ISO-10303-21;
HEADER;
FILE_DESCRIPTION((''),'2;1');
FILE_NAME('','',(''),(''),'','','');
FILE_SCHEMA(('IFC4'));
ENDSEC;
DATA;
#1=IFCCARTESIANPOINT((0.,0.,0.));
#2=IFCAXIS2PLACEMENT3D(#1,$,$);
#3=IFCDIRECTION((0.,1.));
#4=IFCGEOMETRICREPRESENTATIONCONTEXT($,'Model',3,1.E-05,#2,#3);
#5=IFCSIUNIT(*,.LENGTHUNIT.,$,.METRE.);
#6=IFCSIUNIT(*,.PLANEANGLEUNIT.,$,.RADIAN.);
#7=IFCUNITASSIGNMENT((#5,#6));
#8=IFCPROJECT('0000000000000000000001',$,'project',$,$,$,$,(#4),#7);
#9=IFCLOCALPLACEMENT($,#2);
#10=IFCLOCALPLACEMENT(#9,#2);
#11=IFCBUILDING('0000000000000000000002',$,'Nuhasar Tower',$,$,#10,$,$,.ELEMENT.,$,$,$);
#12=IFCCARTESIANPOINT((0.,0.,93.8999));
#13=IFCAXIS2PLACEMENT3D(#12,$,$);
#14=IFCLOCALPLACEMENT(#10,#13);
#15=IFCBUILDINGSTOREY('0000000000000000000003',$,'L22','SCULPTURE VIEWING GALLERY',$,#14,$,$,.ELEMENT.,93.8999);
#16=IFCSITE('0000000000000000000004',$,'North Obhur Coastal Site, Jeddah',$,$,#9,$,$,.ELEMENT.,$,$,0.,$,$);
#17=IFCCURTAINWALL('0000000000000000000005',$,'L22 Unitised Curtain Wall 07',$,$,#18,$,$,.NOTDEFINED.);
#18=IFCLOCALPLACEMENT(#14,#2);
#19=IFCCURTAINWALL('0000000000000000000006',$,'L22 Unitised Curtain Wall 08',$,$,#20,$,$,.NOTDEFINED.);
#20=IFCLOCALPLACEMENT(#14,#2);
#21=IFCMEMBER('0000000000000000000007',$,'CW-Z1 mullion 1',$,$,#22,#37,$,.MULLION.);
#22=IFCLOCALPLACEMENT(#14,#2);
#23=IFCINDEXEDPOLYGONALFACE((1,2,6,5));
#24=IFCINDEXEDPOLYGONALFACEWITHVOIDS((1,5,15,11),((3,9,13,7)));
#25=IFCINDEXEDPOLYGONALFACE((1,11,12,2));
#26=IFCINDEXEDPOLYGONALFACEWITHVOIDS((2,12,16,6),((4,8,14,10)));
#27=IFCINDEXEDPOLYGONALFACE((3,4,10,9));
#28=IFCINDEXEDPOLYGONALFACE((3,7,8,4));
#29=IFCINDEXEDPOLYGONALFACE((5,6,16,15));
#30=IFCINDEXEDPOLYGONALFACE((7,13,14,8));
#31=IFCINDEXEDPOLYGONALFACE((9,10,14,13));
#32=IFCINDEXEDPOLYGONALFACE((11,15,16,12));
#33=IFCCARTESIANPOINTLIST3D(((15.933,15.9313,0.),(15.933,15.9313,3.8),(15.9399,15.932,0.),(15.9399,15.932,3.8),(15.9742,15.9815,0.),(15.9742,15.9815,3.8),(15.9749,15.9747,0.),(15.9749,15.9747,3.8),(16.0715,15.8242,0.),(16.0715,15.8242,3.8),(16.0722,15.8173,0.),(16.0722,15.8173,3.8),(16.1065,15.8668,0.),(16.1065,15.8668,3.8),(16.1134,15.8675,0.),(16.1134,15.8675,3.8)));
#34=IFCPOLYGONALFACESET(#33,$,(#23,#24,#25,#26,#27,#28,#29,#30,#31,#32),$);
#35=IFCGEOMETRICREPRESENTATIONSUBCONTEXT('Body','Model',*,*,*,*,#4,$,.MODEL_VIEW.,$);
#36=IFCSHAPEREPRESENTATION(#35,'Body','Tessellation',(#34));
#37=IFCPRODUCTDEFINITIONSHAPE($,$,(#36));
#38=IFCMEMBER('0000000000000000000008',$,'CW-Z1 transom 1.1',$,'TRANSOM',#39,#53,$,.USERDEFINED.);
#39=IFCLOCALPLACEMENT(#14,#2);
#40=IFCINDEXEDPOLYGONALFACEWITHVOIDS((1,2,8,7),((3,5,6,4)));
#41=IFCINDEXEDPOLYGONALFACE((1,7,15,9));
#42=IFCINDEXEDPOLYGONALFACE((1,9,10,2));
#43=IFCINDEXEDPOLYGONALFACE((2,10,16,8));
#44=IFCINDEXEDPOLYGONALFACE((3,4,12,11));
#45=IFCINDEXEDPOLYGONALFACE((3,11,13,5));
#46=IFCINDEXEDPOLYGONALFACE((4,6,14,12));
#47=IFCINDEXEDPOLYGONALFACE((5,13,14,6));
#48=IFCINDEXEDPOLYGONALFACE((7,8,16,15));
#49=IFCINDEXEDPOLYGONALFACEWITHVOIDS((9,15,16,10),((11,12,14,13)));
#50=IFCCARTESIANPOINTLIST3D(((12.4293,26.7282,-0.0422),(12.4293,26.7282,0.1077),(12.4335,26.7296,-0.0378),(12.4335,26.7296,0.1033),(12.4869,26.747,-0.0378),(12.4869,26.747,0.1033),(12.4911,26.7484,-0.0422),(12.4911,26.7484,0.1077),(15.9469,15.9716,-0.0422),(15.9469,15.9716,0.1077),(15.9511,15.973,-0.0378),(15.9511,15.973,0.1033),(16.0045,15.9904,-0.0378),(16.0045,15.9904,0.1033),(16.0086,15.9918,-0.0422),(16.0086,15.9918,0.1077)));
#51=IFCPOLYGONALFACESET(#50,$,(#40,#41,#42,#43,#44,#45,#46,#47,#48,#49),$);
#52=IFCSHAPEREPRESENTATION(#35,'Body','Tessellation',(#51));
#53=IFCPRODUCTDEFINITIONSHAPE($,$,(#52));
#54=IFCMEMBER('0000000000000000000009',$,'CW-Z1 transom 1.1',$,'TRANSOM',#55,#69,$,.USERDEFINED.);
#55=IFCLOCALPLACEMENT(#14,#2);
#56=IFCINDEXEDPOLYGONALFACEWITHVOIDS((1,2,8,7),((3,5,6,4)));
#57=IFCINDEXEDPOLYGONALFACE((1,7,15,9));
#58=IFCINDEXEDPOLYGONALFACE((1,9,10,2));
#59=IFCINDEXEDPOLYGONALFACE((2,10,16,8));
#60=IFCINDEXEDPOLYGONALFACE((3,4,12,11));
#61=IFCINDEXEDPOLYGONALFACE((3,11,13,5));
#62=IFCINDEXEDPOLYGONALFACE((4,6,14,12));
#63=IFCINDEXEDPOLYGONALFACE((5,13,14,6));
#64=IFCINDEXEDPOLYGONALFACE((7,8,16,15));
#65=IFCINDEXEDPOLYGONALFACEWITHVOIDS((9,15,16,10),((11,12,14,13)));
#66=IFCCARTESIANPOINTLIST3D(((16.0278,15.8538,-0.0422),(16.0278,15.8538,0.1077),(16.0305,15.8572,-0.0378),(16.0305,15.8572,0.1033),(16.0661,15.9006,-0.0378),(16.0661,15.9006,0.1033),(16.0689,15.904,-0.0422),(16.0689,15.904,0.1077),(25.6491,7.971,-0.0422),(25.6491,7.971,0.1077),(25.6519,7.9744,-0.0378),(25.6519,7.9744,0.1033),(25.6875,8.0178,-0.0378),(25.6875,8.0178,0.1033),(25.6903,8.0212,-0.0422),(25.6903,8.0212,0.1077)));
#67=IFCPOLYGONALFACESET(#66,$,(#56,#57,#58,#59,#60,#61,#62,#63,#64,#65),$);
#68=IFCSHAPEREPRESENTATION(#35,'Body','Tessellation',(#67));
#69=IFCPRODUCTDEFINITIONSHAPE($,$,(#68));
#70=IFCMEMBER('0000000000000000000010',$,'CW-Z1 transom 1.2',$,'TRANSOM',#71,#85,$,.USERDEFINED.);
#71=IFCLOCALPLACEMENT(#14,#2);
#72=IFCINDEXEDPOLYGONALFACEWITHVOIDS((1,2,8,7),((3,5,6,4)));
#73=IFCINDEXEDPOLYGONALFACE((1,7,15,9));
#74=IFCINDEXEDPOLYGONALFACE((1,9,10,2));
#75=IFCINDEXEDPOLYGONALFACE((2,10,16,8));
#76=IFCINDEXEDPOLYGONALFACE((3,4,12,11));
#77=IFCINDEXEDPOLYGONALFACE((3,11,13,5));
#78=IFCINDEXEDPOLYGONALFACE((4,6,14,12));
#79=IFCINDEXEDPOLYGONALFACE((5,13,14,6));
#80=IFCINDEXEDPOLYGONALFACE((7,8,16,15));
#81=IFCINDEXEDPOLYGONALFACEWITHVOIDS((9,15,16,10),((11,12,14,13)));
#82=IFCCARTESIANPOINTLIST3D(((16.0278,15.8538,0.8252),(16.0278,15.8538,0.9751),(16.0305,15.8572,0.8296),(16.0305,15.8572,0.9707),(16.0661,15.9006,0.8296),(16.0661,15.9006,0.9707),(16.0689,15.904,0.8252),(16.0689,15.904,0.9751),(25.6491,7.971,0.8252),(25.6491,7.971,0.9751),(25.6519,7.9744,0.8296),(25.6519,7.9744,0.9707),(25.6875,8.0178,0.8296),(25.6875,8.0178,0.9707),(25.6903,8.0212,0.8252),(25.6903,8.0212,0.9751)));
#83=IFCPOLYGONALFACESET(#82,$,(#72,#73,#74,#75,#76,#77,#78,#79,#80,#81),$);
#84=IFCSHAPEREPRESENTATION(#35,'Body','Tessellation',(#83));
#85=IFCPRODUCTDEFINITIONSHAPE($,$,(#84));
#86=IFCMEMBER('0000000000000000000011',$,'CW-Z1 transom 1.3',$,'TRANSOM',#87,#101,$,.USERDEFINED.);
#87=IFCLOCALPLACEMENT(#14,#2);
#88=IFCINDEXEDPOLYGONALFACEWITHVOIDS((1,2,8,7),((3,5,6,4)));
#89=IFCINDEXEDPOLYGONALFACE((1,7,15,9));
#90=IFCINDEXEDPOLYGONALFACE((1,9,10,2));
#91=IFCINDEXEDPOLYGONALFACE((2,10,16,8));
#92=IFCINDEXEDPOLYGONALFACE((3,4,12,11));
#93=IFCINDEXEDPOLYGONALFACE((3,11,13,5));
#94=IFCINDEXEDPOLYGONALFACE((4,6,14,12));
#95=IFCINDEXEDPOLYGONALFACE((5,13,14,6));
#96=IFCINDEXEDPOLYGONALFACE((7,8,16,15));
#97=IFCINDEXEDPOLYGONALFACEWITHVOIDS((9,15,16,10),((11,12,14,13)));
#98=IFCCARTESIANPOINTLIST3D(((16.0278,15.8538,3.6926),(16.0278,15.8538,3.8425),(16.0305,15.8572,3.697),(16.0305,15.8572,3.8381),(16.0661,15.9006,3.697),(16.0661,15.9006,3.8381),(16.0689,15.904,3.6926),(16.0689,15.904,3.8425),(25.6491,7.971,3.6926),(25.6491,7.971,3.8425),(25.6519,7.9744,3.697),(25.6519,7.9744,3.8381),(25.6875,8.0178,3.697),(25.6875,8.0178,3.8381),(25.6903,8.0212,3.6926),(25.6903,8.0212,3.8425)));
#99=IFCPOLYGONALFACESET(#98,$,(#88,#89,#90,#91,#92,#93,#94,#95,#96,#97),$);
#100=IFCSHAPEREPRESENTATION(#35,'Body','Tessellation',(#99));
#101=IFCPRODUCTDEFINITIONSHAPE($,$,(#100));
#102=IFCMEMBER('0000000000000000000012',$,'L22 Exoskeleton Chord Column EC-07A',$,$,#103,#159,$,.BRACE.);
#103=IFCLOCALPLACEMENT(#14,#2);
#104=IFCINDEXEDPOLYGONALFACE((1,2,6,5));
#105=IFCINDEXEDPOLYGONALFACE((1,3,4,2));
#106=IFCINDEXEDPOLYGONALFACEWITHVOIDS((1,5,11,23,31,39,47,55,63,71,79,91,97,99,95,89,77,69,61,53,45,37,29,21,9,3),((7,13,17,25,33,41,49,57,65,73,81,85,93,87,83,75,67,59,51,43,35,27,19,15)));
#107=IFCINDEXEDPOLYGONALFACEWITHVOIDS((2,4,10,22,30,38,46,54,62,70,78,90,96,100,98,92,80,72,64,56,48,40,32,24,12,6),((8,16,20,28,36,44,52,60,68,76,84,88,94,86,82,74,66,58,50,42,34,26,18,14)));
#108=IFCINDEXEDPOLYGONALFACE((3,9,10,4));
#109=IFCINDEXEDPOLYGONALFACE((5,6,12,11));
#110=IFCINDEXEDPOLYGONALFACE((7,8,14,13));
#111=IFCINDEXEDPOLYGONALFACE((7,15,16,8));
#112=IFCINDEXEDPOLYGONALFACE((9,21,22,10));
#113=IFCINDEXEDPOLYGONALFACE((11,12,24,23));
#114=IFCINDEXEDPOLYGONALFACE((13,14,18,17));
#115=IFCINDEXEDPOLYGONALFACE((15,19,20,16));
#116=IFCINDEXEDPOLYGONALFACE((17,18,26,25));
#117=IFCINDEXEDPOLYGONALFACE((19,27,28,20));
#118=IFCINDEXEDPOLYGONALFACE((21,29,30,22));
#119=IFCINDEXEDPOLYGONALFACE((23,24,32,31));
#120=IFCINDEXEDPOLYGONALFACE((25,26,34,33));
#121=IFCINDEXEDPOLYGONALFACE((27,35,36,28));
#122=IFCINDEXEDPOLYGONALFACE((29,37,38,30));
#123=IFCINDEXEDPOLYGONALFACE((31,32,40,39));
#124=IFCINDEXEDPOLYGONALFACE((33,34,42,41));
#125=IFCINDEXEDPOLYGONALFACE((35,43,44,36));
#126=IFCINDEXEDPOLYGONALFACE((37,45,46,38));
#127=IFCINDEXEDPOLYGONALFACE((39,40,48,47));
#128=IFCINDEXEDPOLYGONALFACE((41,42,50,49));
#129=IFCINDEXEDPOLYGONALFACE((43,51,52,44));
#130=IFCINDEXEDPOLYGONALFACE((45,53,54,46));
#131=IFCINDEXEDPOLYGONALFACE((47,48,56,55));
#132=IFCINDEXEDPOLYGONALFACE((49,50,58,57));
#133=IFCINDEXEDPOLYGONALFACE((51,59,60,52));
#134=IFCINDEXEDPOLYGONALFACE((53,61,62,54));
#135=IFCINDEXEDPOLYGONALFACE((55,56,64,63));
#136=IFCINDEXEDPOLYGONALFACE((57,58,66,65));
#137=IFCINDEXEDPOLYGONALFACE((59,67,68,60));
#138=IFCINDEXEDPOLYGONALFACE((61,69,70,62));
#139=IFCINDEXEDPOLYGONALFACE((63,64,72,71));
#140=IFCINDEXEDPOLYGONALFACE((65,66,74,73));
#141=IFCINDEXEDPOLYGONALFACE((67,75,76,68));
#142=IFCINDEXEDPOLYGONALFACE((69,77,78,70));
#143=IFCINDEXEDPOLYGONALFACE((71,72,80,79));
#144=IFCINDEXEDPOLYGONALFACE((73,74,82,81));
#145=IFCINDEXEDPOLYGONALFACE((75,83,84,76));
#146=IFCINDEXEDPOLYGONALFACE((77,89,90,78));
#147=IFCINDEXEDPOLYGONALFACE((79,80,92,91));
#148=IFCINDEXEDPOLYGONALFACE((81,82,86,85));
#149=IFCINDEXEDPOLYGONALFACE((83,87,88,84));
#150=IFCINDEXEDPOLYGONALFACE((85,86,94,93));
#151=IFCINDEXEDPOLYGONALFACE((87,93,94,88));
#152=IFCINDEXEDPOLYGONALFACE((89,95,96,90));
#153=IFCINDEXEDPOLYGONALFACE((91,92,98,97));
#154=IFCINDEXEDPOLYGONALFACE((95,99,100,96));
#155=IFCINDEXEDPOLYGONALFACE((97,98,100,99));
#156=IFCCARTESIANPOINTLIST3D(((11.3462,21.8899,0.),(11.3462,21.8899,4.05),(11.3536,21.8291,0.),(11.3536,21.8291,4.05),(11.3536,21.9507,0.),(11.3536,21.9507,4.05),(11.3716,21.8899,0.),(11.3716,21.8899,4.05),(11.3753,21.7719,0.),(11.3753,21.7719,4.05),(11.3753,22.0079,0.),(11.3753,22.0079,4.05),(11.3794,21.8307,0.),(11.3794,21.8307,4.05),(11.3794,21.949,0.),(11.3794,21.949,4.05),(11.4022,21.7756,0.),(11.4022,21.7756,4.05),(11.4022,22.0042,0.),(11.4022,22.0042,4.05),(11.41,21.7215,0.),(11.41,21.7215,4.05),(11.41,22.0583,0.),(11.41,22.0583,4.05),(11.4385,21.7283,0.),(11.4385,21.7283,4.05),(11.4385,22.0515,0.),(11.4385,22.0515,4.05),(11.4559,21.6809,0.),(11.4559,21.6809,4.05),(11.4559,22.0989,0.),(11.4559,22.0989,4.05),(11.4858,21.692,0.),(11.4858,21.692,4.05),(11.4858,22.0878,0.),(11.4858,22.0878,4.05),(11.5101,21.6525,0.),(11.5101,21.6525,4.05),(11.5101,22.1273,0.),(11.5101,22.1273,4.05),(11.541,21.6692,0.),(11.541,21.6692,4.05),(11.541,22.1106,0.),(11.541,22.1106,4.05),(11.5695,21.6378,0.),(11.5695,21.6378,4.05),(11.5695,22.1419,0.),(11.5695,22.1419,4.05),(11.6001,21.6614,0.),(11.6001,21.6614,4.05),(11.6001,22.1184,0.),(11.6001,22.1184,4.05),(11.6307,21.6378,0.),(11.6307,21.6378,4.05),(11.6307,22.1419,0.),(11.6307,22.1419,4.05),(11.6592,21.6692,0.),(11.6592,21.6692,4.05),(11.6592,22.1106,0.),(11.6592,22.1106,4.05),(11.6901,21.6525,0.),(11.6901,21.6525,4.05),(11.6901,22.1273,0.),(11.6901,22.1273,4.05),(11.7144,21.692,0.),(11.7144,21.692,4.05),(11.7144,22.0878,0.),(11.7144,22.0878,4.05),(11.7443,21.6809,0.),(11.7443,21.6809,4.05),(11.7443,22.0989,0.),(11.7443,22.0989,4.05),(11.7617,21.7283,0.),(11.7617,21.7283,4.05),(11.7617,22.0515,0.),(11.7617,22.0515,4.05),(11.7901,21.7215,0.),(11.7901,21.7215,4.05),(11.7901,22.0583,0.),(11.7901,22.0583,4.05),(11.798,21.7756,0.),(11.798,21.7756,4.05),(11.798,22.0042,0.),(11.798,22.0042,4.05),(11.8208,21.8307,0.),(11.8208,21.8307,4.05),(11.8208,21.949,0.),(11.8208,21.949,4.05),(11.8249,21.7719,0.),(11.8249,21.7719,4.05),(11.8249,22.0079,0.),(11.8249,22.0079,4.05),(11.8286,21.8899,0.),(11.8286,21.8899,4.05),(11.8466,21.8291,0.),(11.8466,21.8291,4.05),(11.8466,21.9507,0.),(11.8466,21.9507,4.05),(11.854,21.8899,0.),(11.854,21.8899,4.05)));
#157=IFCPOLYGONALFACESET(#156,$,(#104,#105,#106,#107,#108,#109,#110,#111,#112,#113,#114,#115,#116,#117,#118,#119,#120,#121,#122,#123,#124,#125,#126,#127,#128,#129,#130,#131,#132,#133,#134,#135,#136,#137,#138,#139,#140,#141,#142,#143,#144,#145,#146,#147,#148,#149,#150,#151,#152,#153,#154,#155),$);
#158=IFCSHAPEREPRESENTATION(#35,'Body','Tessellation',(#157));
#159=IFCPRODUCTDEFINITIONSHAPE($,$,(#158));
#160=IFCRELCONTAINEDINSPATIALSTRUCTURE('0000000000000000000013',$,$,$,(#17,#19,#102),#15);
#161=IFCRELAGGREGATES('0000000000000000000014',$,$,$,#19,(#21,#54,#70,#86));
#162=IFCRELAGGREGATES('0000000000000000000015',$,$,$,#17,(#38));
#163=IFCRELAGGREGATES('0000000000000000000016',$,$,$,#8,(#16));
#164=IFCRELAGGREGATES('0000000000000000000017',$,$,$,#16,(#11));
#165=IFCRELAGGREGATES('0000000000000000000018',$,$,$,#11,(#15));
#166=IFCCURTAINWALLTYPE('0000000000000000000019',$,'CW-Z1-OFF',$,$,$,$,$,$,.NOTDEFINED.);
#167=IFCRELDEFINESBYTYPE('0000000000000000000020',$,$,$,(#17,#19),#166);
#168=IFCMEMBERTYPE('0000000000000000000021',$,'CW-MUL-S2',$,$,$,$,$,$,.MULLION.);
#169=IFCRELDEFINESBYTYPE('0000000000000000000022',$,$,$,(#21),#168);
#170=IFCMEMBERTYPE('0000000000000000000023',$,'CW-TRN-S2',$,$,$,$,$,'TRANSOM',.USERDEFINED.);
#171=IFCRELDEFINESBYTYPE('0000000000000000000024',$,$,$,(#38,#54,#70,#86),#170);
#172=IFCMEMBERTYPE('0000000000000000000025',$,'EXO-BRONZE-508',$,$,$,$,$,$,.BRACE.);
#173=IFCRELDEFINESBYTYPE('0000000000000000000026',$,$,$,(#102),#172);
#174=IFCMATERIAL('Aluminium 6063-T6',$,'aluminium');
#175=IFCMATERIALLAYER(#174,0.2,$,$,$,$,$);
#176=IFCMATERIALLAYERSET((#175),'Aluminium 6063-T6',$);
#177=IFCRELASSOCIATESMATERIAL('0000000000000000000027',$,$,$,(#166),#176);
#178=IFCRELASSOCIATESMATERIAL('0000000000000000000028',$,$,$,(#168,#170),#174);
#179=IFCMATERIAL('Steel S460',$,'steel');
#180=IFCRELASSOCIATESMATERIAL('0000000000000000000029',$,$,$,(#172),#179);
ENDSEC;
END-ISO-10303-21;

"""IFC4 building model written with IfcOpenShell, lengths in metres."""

from ifc_helpers import new_model, si_unit, direction, frame, origin, origin_2d, place, context, subcontext, project, spatial, hollow_rectangle, hollow_circle, extrude, material, layer, layer_set, material_profile, profile_set, type_object, element, aggregate, save


model = new_model("IFC4")

# Units and contexts
model_context = context("Model", 3, precision=1e-05, world=origin(), true_north=direction((0.0, 1.0)))
body_context = subcontext(model_context, "Body", "Model", "MODEL_VIEW")
ifc_project = project(units=[si_unit("LENGTHUNIT", "METRE"), si_unit("PLANEANGLEUNIT", "RADIAN")], contexts=[model_context])

# Site, building, storey
site_placement = place(None, origin())
site = spatial("IfcSite", under=ifc_project, at=site_placement, Name="North Obhur Coastal Site, Jeddah", CompositionType="ELEMENT", RefElevation=0.0)
building_placement = place(site_placement, origin())
building = spatial("IfcBuilding", under=site, at=building_placement, Name="Nuhasar Tower", CompositionType="ELEMENT")
storey_placement = place(building_placement, frame((0.0, 0.0, 93.8999)))
storey = spatial("IfcBuildingStorey", under=building, at=storey_placement, Name="L22", Description="SCULPTURE VIEWING GALLERY", CompositionType="ELEMENT", Elevation=93.8999)

# Curtain walls, member
ifc_material_1 = material(Name="Aluminium 6063-T6", Category="aluminium")
ifc_layer_1 = layer(ifc_material_1, 0.2)
ifc_layer_set_1 = layer_set([ifc_layer_1], Name="Aluminium 6063-T6")
curtain_wall_type = type_object("IfcCurtainWallType", Name="CW-Z1-OFF", PredefinedType="NOTDEFINED", material=ifc_layer_set_1)
curtain_wall_1_placement = place(storey_placement, origin())
curtain_wall_1 = element("IfcCurtainWall", 1, at=curtain_wall_1_placement, inside=storey, type_object=curtain_wall_type, Name="L22 Unitised Curtain Wall 07", PredefinedType="NOTDEFINED")
ifc_material_profile_1 = material_profile(ifc_material_1, hollow_rectangle(XDim=0.0649, YDim=0.1799, WallThickness=0.0049, at=origin_2d()), Name="CWM-2")
ifc_profile_set_1 = profile_set([ifc_material_profile_1], Name="Aluminium 6063-T6")
member_type_1 = type_object("IfcMemberType", Name="CW-MUL-S2", PredefinedType="MULLION", material=ifc_profile_set_1)
curtain_wall_2_placement = place(storey_placement, origin())
curtain_wall_2 = element("IfcCurtainWall", 2, at=curtain_wall_2_placement, inside=storey, type_object=curtain_wall_type, Name="L22 Unitised Curtain Wall 08", PredefinedType="NOTDEFINED")
member_1_placement = place(storey_placement, frame((16.0232, 15.8994, 0.0), z_axis=(0.0, 0.0, 1.0), x_axis=(0.633745, 0.773542, 0.0)))
member_1 = element("IfcMember", 3, at=member_1_placement, type_object=member_type_1, Name="CW-Z1 mullion 1", PredefinedType="MULLION", context=body_context, shape_type="SweptSolid", body=[
    extrude(hollow_rectangle(XDim=0.0649, YDim=0.1799, WallThickness=0.0049, at=origin_2d()), origin(), (0.0, 0.0, 1.0), 3.8),
])

# Members
ifc_material_profile_2 = material_profile(ifc_material_1, hollow_rectangle(XDim=0.0649, YDim=0.1499, WallThickness=0.0044, at=origin_2d()), Name="CWT-2")
ifc_profile_set_2 = profile_set([ifc_material_profile_2], Name="Aluminium 6063-T6")
member_type_2 = type_object("IfcMemberType", Name="CW-TRN-S2", ElementType="TRANSOM", PredefinedType="USERDEFINED", material=ifc_profile_set_2)
member_2_placement = place(storey_placement, frame((12.4602, 26.7383, 0.0327), z_axis=(0.310819, -0.950469, 0.0), x_axis=(0.950469, 0.310819, 0.0)))
member_2 = element("IfcMember", 4, at=member_2_placement, type_object=member_type_2, Name="CW-Z1 transom 1.1", ObjectType="TRANSOM", PredefinedType="USERDEFINED", context=body_context, shape_type="SweptSolid", body=[
    extrude(hollow_rectangle(XDim=0.0649, YDim=0.1499, WallThickness=0.0044, at=origin_2d()), origin(), (0.0, 0.0, 1.0), 11.3171),
])
member_3_placement = place(storey_placement, frame((16.0483, 15.8789, 0.0327), z_axis=(0.773531, -0.633758, 0.0), x_axis=(0.633758, 0.773531, 0.0)))
member_3 = element("IfcMember", 5, at=member_3_placement, type_object=member_type_2, Name="CW-Z1 transom 1.1", ObjectType="TRANSOM", PredefinedType="USERDEFINED", context=body_context, shape_type="SweptSolid", body=[
    extrude(hollow_rectangle(XDim=0.0649, YDim=0.1499, WallThickness=0.0044, at=origin_2d()), origin(), (0.0, 0.0, 1.0), 12.4382),
])
member_4_placement = place(storey_placement, frame((16.0483, 15.8789, 0.9001), z_axis=(0.773531, -0.633758, 0.0), x_axis=(0.633758, 0.773531, 0.0)))
member_4 = element("IfcMember", 6, at=member_4_placement, type_object=member_type_2, Name="CW-Z1 transom 1.2", ObjectType="TRANSOM", PredefinedType="USERDEFINED", context=body_context, shape_type="SweptSolid", body=[
    extrude(hollow_rectangle(XDim=0.0649, YDim=0.1499, WallThickness=0.0044, at=origin_2d()), origin(), (0.0, 0.0, 1.0), 12.4382),
])
member_5_placement = place(storey_placement, frame((16.0483, 15.8789, 3.7676), z_axis=(0.773531, -0.633758, 0.0), x_axis=(0.633758, 0.773531, 0.0)))
member_5 = element("IfcMember", 7, at=member_5_placement, type_object=member_type_2, Name="CW-Z1 transom 1.3", ObjectType="TRANSOM", PredefinedType="USERDEFINED", context=body_context, shape_type="SweptSolid", body=[
    extrude(hollow_rectangle(XDim=0.0649, YDim=0.1499, WallThickness=0.0044, at=origin_2d()), origin(), (0.0, 0.0, 1.0), 12.4382),
])
aggregate(curtain_wall_2, [member_1, member_3, member_4, member_5])

# Member
ifc_material_2 = material(Name="Steel S460", Category="steel")
ifc_material_profile_3 = material_profile(ifc_material_2, hollow_circle(Radius=0.2539, WallThickness=0.0254, at=origin_2d()), Name="HSS508X25.4")
ifc_profile_set_3 = profile_set([ifc_material_profile_3], Name="Steel S460")
member_type_3 = type_object("IfcMemberType", Name="EXO-BRONZE-508", PredefinedType="BRACE", material=ifc_profile_set_3)
for number, where, z_axis, x_axis, name in (
    (8, (11.6001, 21.8899, 0.0), (0.0, 0.0, 1.0), (1.0, 0.0, 0.0), "L22 Exoskeleton Chord Column EC-07A"),
):
    element("IfcMember", number, at=place(storey_placement, frame(where, z_axis=z_axis, x_axis=x_axis)), inside=storey, type_object=member_type_3, Name=name, PredefinedType="BRACE", context=body_context, shape_type="SweptSolid", body=[
        extrude(hollow_circle(Radius=0.2539, WallThickness=0.0254, at=origin_2d()), origin(), (0.0, 0.0, 1.0), 4.05),
    ])

aggregate(curtain_wall_1, [member_2])

save(model, "model.ifc")
